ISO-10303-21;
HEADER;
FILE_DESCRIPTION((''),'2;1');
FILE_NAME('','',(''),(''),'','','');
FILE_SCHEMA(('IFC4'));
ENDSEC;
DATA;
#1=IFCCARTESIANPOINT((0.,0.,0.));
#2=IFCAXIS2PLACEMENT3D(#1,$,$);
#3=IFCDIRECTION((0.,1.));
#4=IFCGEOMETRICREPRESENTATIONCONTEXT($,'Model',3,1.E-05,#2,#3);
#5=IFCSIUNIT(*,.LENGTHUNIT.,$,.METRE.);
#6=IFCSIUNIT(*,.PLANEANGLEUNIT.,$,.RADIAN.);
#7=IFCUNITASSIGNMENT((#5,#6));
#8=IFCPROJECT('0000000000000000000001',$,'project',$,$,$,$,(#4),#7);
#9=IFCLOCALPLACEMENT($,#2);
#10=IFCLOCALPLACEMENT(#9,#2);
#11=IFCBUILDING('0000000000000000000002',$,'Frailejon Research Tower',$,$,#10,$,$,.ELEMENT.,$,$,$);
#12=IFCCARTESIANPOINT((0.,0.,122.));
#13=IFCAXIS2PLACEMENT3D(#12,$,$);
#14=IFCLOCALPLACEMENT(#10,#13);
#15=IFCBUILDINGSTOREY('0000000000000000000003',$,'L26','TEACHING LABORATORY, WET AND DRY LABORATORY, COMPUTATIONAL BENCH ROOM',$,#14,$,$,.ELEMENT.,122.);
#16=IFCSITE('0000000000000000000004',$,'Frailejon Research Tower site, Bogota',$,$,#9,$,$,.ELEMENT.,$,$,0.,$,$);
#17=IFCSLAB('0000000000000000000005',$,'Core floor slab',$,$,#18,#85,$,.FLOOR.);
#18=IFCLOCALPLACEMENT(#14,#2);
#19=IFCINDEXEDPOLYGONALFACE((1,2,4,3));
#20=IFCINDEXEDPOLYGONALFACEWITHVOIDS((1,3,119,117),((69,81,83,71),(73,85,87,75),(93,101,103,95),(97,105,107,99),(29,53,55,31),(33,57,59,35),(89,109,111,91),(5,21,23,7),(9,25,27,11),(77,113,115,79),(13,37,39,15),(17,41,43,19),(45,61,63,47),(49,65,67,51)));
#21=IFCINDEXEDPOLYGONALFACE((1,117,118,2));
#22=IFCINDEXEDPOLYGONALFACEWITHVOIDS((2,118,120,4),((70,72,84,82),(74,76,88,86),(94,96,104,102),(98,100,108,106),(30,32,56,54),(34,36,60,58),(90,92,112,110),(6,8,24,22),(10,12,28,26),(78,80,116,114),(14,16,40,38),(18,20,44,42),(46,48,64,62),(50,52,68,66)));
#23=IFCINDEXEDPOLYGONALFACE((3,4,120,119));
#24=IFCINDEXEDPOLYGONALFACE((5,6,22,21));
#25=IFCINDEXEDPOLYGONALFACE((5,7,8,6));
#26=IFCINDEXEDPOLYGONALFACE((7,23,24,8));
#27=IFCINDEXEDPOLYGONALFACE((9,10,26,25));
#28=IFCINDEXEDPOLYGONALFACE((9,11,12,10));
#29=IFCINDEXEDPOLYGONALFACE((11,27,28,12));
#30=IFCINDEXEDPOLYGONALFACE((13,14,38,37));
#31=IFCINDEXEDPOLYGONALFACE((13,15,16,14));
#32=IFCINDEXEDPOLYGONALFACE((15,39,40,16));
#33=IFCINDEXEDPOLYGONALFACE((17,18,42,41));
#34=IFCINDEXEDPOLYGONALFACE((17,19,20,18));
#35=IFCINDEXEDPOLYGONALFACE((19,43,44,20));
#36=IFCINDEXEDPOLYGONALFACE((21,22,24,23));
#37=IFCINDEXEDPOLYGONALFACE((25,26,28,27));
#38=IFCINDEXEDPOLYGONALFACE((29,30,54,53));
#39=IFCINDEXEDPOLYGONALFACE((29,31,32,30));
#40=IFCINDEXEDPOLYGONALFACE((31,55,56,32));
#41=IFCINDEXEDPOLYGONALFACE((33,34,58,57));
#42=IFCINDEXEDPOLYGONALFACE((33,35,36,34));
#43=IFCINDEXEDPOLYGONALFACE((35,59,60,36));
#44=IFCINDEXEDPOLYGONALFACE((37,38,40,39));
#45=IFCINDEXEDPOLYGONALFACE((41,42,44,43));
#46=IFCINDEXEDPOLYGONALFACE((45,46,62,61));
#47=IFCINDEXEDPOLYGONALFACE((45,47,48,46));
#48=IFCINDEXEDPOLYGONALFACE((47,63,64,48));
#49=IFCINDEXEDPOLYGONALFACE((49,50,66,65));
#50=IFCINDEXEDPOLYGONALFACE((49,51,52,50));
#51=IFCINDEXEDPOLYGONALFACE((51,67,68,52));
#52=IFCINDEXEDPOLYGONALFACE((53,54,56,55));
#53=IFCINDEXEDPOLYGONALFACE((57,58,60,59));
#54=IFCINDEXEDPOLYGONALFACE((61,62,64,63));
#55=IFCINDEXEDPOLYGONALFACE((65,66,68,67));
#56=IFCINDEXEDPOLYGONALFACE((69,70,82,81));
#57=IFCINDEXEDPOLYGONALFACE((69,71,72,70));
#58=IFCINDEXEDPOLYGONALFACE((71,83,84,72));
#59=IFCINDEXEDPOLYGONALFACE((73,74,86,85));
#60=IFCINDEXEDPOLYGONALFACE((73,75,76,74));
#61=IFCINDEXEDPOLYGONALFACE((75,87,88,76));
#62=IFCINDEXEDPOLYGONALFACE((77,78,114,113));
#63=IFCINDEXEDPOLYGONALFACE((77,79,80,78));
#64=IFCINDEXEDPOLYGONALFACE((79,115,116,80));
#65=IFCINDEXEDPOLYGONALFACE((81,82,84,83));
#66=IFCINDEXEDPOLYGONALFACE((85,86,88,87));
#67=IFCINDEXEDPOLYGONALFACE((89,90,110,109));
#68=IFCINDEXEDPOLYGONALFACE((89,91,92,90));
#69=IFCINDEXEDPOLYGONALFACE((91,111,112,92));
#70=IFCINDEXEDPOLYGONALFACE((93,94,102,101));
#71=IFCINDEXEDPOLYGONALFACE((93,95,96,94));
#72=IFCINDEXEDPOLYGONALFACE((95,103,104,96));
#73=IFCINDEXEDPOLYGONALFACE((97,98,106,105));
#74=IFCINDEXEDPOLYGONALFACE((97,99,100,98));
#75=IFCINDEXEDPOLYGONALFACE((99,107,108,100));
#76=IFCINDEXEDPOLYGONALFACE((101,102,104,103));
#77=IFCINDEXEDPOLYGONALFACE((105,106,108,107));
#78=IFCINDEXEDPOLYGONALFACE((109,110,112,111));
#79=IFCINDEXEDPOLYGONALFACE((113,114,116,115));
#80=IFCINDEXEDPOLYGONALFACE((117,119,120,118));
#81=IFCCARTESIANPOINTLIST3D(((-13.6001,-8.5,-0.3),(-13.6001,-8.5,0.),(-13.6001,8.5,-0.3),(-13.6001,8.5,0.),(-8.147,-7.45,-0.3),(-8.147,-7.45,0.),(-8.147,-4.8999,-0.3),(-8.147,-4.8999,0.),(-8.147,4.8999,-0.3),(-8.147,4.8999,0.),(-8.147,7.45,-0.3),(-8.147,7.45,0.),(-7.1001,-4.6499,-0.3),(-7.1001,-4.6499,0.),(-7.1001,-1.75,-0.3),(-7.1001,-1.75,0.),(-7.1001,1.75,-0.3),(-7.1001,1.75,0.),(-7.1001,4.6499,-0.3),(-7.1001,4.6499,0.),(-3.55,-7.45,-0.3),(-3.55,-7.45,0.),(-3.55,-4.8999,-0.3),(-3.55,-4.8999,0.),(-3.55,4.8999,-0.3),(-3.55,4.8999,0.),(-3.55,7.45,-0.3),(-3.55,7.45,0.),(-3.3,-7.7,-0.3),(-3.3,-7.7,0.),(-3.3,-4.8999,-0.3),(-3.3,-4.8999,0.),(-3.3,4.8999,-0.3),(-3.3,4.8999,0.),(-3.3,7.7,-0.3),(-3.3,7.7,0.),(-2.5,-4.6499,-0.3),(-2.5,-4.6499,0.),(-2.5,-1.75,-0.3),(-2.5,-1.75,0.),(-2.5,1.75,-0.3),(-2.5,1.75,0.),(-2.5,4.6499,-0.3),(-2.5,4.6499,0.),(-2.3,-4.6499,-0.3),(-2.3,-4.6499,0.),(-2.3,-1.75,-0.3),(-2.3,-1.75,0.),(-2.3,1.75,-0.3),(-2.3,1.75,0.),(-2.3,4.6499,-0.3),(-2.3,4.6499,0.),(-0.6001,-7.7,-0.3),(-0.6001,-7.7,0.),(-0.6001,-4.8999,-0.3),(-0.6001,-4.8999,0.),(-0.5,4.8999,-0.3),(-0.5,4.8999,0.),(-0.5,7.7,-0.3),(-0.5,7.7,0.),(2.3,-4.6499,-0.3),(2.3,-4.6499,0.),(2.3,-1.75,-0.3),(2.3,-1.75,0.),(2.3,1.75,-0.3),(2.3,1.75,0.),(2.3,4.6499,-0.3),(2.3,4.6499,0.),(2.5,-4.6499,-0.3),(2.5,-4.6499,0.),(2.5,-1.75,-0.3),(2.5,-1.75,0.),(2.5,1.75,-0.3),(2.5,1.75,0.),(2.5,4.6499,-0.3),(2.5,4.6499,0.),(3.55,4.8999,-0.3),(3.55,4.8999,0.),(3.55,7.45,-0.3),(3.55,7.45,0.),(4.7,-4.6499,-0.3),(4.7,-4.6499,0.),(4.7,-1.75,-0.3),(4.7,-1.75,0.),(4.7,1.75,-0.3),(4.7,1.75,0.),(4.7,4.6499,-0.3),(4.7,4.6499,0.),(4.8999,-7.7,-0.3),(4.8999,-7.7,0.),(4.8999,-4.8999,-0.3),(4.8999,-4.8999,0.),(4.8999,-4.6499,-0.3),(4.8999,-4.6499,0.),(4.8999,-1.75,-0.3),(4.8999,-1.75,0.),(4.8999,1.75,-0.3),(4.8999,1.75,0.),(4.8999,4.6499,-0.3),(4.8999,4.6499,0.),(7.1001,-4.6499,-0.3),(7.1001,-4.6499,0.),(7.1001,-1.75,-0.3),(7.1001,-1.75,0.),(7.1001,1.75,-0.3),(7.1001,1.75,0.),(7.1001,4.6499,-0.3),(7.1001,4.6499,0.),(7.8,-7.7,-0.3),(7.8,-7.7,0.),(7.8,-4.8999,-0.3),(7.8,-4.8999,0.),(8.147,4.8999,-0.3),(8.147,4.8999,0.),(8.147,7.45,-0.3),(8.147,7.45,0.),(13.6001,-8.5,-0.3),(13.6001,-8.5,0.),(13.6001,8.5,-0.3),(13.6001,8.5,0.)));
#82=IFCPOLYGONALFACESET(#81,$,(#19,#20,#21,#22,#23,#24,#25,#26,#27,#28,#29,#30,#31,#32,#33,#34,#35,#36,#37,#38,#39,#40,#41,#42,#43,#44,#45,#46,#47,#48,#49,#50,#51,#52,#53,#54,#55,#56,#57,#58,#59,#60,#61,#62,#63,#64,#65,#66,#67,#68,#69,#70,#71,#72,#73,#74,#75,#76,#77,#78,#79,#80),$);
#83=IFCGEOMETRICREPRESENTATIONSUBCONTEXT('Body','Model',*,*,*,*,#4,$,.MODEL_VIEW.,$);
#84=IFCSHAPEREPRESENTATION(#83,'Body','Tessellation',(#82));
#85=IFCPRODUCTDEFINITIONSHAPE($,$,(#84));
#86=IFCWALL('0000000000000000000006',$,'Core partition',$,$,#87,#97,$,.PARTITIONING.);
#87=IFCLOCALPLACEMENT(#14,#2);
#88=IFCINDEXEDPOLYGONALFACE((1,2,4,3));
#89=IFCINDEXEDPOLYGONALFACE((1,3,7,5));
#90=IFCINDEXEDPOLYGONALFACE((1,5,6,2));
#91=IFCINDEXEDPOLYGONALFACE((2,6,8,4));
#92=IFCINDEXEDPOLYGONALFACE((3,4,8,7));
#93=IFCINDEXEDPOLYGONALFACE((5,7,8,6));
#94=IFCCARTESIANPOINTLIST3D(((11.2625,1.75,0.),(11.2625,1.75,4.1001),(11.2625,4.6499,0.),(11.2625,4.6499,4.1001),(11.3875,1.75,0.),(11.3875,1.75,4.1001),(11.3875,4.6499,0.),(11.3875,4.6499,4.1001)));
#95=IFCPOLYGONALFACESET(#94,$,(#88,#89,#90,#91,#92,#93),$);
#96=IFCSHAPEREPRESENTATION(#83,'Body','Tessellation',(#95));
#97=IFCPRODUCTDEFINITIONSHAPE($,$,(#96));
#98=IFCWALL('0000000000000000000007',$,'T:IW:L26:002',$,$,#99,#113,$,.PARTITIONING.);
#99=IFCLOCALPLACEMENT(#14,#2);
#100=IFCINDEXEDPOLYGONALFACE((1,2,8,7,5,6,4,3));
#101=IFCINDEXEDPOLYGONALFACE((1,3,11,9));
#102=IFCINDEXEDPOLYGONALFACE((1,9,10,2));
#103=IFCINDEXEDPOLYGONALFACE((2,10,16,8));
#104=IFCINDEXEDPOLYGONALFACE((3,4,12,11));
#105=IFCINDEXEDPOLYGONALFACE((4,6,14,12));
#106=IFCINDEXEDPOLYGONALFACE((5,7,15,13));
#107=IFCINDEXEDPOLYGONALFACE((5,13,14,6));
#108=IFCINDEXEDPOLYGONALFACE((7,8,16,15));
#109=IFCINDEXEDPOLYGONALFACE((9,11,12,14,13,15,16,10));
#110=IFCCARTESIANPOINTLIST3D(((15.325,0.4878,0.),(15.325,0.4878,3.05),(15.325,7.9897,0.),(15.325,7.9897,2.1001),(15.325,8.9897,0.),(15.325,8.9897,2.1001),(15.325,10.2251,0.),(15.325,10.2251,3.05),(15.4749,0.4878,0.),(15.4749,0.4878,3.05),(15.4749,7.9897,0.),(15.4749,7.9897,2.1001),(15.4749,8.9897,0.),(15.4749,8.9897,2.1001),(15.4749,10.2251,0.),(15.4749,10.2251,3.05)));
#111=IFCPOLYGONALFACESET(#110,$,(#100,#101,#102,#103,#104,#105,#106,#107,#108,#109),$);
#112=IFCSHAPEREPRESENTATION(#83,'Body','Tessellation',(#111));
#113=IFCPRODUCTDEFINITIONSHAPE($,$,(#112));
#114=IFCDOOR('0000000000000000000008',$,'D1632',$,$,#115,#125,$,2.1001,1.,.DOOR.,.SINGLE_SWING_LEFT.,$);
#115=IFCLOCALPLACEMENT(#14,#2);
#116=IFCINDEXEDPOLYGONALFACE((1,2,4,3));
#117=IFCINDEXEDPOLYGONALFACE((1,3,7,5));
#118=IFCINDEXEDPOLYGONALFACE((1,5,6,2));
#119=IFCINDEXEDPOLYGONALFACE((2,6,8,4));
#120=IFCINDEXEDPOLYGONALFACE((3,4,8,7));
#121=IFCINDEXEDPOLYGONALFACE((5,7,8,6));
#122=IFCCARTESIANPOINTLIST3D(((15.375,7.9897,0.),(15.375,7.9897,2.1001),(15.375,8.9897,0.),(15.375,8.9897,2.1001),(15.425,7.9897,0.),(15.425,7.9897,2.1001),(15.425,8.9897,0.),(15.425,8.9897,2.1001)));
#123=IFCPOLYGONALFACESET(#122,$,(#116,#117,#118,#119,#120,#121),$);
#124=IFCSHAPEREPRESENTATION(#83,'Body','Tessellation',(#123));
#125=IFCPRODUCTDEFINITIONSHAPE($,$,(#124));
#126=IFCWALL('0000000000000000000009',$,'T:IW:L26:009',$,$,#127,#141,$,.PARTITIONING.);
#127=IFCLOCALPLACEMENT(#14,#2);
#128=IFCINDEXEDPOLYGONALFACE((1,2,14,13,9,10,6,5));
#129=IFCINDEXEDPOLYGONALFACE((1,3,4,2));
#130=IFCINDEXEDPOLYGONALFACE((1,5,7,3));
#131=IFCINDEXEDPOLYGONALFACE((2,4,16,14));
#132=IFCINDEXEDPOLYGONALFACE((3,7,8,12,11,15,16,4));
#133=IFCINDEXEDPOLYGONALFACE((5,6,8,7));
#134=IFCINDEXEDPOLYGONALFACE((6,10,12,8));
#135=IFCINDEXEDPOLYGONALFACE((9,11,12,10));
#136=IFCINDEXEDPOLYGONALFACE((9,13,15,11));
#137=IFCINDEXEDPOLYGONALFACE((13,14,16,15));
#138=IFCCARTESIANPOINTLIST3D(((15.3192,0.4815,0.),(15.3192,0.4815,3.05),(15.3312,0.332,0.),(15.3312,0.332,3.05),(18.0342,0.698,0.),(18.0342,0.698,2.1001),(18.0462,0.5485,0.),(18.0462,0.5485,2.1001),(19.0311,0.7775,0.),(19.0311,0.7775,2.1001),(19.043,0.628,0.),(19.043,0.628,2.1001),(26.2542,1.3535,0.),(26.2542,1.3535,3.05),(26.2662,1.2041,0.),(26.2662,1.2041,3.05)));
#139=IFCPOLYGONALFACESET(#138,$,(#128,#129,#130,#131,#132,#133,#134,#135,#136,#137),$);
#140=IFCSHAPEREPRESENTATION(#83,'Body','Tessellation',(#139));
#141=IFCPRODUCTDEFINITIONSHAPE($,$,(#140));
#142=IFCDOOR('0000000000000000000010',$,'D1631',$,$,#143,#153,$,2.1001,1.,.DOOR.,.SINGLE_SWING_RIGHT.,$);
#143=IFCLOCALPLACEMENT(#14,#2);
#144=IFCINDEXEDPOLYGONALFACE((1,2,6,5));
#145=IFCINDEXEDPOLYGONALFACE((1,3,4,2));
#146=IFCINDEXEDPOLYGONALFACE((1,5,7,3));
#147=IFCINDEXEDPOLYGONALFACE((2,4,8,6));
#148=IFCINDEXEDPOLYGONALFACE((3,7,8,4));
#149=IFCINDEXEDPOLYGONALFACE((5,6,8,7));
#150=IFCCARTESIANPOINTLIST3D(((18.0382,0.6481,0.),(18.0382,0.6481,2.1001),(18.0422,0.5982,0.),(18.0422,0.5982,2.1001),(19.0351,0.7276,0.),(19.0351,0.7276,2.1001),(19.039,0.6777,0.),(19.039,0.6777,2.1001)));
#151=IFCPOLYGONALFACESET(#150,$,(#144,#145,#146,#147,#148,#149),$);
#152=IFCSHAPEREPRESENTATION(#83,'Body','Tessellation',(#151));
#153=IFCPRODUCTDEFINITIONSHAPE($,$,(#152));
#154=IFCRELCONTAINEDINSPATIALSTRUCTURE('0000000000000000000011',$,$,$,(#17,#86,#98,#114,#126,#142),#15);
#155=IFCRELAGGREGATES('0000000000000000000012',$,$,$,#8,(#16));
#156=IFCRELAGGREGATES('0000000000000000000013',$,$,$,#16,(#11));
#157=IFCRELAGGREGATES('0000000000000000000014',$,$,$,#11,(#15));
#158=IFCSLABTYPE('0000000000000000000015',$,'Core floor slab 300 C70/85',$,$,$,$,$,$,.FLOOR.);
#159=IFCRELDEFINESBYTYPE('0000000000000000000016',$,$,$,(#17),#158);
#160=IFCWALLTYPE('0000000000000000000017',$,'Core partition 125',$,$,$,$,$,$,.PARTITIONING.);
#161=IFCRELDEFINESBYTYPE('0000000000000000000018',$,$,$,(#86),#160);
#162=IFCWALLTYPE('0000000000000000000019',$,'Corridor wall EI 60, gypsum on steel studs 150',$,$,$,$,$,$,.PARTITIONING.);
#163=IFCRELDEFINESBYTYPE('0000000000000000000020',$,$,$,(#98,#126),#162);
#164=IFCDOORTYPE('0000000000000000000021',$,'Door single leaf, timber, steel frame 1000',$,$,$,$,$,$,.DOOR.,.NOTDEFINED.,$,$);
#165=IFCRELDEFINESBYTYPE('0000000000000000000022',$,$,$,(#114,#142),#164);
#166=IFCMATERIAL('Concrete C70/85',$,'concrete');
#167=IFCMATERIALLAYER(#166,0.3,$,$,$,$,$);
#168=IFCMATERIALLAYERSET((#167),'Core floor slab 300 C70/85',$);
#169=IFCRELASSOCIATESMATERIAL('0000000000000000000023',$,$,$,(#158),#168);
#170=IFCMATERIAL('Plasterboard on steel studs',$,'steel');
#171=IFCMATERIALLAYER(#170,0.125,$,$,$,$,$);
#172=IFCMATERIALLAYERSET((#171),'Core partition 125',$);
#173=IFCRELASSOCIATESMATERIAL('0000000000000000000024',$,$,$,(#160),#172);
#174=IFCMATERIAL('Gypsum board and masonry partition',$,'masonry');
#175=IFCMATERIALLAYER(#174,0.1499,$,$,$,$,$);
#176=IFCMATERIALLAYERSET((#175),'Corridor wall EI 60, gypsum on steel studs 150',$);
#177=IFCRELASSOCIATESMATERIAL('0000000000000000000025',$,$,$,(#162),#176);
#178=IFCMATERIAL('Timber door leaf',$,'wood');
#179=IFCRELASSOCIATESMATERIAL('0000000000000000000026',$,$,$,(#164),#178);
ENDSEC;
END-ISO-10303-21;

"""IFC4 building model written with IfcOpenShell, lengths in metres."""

from ifc_helpers import new_model, si_unit, direction, frame, frame_2d, origin, place, context, subcontext, project, spatial, polyline, rectangle, outline, extrude, material, layer, layer_set, type_object, element, fill, save


model = new_model("IFC4")

# Units and contexts
model_context = context("Model", 3, precision=1e-05, world=origin(), true_north=direction((0.0, 1.0)))
body_context = subcontext(model_context, "Body", "Model", "MODEL_VIEW")
ifc_project = project(units=[si_unit("LENGTHUNIT", "METRE"), si_unit("PLANEANGLEUNIT", "RADIAN")], contexts=[model_context])

# Site, building, storey
site_placement = place(None, origin())
site = spatial("IfcSite", under=ifc_project, at=site_placement, Name="Frailejon Research Tower site, Bogota", CompositionType="ELEMENT", RefElevation=0.0)
building_placement = place(site_placement, origin())
building = spatial("IfcBuilding", under=site, at=building_placement, Name="Frailejon Research Tower", CompositionType="ELEMENT")
storey_placement = place(building_placement, frame((0.0, 0.0, 122.0)))
storey = spatial("IfcBuildingStorey", under=building, at=storey_placement, Name="L26", Description="TEACHING LABORATORY, WET AND DRY LABORATORY, COMPUTATIONAL BENCH ROOM", CompositionType="ELEMENT", Elevation=122.0)

# Slab
ifc_material_1 = material(Name="Concrete C70/85", Category="concrete")
ifc_layer_1 = layer(ifc_material_1, 0.3)
ifc_layer_set_1 = layer_set([ifc_layer_1], Name="Core floor slab 300 C70/85")
slab_type = type_object("IfcSlabType", Name="Core floor slab 300 C70/85", PredefinedType="FLOOR", material=ifc_layer_set_1)
slab_placement = place(storey_placement, frame((0.0, 0.0, -0.3)))
element("IfcSlab", 1, at=slab_placement, inside=storey, type_object=slab_type, Name="Core floor slab", PredefinedType="FLOOR", context=body_context, shape_type="SweptSolid", body=[
    extrude(outline(polyline([(13.6001, -8.5), (13.6001, 8.5), (-13.6001, 8.5), (-13.6001, -8.5), (13.6001, -8.5)]), holes=[polyline([(-2.5, 1.75), (-2.5, 4.6499), (-7.1001, 4.6499), (-7.1001, 1.75), (-2.5, 1.75)]), polyline([(2.3, 1.75), (2.3, 4.6499), (-2.3, 4.6499), (-2.3, 1.75), (2.3, 1.75)]), polyline([(4.7, 1.75), (4.7, 4.6499), (2.5, 4.6499), (2.5, 1.75), (4.7, 1.75)]), polyline([(7.1001, 1.75), (7.1001, 4.6499), (4.8999, 4.6499), (4.8999, 1.75), (7.1001, 1.75)]), polyline([(-2.5, -4.6499), (-2.5, -1.75), (-7.1001, -1.75), (-7.1001, -4.6499), (-2.5, -4.6499)]), polyline([(2.3, -4.6499), (2.3, -1.75), (-2.3, -1.75), (-2.3, -4.6499), (2.3, -4.6499)]), polyline([(4.7, -4.6499), (4.7, -1.75), (2.5, -1.75), (2.5, -4.6499), (4.7, -4.6499)]), polyline([(7.1001, -4.6499), (7.1001, -1.75), (4.8999, -1.75), (4.8999, -4.6499), (7.1001, -4.6499)]), polyline([(-8.147, 4.8999), (-3.55, 4.8999), (-3.55, 7.45), (-8.147, 7.45), (-8.147, 4.8999)]), polyline([(-8.147, -7.45), (-3.55, -7.45), (-3.55, -4.8999), (-8.147, -4.8999), (-8.147, -7.45)]), polyline([(8.147, 7.45), (3.55, 7.45), (3.55, 4.8999), (8.147, 4.8999), (8.147, 7.45)]), polyline([(-0.6001, -7.7), (-0.6001, -4.8999), (-3.3, -4.8999), (-3.3, -7.7), (-0.6001, -7.7)]), polyline([(7.8, -7.7), (7.8, -4.8999), (4.8999, -4.8999), (4.8999, -7.7), (7.8, -7.7)]), polyline([(-0.5, 4.8999), (-0.5, 7.7), (-3.3, 7.7), (-3.3, 4.8999), (-0.5, 4.8999)])]), origin(), (0.0, 0.0, 1.0), 0.3),
])

# Wall
ifc_material_2 = material(Name="Plasterboard on steel studs", Category="steel")
ifc_layer_2 = layer(ifc_material_2, 0.125)
ifc_layer_set_2 = layer_set([ifc_layer_2], Name="Core partition 125")
wall_type_1 = type_object("IfcWallType", Name="Core partition 125", PredefinedType="PARTITIONING", material=ifc_layer_set_2)
wall_1_placement = place(storey_placement, frame((11.325, 1.75, 0.0), z_axis=(0.0, 0.0, 1.0), x_axis=(0.0, 1.0, 0.0)))
element("IfcWall", 2, at=wall_1_placement, inside=storey, type_object=wall_type_1, Name="Core partition", PredefinedType="PARTITIONING", context=body_context, shape_type="SweptSolid", body=[
    extrude(rectangle(XDim=2.8999, YDim=0.125, at=frame_2d((1.45, 0.0))), origin(), (0.0, 0.0, 1.0), 4.1001),
])

# Walls, openings, doors
ifc_material_3 = material(Name="Gypsum board and masonry partition", Category="masonry")
ifc_layer_3 = layer(ifc_material_3, 0.1499)
ifc_layer_set_3 = layer_set([ifc_layer_3], Name="Corridor wall EI 60, gypsum on steel studs 150")
wall_type_2 = type_object("IfcWallType", Name="Corridor wall EI 60, gypsum on steel studs 150", PredefinedType="PARTITIONING", material=ifc_layer_set_3)
wall_2_placement = place(storey_placement, frame((15.3999, 0.4878, 0.0), z_axis=(0.0, 0.0, 1.0), x_axis=(0.0, 1.0, 0.0)))
wall_2 = element("IfcWall", 3, at=wall_2_placement, inside=storey, type_object=wall_type_2, Name="T:IW:L26:002", PredefinedType="PARTITIONING", context=body_context, shape_type="SweptSolid", body=[
    extrude(rectangle(XDim=9.7373, YDim=0.1499, at=frame_2d((4.8687, 0.0))), origin(), (0.0, 0.0, 1.0), 3.05),
])
opening_1_placement = place(wall_2_placement, frame((7.502, 0.0, 0.0)))
opening_1 = element("IfcOpeningElement", 4, at=opening_1_placement, cuts=wall_2, PredefinedType="OPENING", context=body_context, shape_type="SweptSolid", body=[
    extrude(rectangle(XDim=1.0, YDim=2.1001, at=frame_2d((0.5, 1.05))), frame((0.0, 0.085, 0.0), z_axis=(0.0, -1.0, 0.0), x_axis=(1.0, 0.0, 0.0)), (0.0, 0.0, 1.0), 0.1699),
])
ifc_material_4 = material(Name="Timber door leaf", Category="wood")
door_type_1 = type_object("IfcDoorType", Name="Door single leaf, timber, steel frame 1000", OperationType="NOTDEFINED", PredefinedType="DOOR", material=ifc_material_4)
door_1_placement = place(opening_1_placement, origin())
door_1 = element("IfcDoor", 5, at=door_1_placement, inside=storey, type_object=door_type_1, Name="D1632", OperationType="SINGLE_SWING_LEFT", OverallHeight=2.1001, OverallWidth=1.0, PredefinedType="DOOR", context=body_context, shape_type="SweptSolid", body=[
    extrude(rectangle(XDim=1.0, YDim=2.1001, at=frame_2d((0.5, 1.05))), frame((0.0, 0.0249, 0.0), z_axis=(0.0, -1.0, 0.0), x_axis=(1.0, 0.0, 0.0)), (0.0, 0.0, 1.0), 0.05),
])
fill(opening_1, door_1)
wall_3_placement = place(storey_placement, frame((15.3252, 0.4067, 0.0), z_axis=(0.0, 0.0, 1.0), x_axis=(0.996835, 0.079498, 0.0)))
wall_3 = element("IfcWall", 6, at=wall_3_placement, inside=storey, type_object=wall_type_2, Name="T:IW:L26:009", PredefinedType="PARTITIONING", context=body_context, shape_type="SweptSolid", body=[
    extrude(rectangle(XDim=10.9697, YDim=0.1499, at=frame_2d((5.4849, 0.0))), origin(), (0.0, 0.0, 1.0), 3.05),
])
opening_2_placement = place(wall_3_placement, frame((2.7236, 0.0, 0.0)))
opening_2 = element("IfcOpeningElement", 7, at=opening_2_placement, cuts=wall_3, PredefinedType="OPENING", context=body_context, shape_type="SweptSolid", body=[
    extrude(rectangle(XDim=1.0, YDim=2.1001, at=frame_2d((0.5, 1.05))), frame((0.0, 0.085, 0.0), z_axis=(0.0, -1.0, 0.0), x_axis=(1.0, 0.0, 0.0)), (0.0, 0.0, 1.0), 0.1699),
])
door_2_placement = place(opening_2_placement, origin())
door_2 = element("IfcDoor", 8, at=door_2_placement, inside=storey, type_object=door_type_1, Name="D1631", OperationType="SINGLE_SWING_RIGHT", OverallHeight=2.1001, OverallWidth=1.0, PredefinedType="DOOR", context=body_context, shape_type="SweptSolid", body=[
    extrude(rectangle(XDim=1.0, YDim=2.1001, at=frame_2d((0.5, 1.05))), frame((0.0, 0.0249, 0.0), z_axis=(0.0, -1.0, 0.0), x_axis=(1.0, 0.0, 0.0)), (0.0, 0.0, 1.0), 0.05),
])
fill(opening_2, door_2)

save(model, "model.ifc")
